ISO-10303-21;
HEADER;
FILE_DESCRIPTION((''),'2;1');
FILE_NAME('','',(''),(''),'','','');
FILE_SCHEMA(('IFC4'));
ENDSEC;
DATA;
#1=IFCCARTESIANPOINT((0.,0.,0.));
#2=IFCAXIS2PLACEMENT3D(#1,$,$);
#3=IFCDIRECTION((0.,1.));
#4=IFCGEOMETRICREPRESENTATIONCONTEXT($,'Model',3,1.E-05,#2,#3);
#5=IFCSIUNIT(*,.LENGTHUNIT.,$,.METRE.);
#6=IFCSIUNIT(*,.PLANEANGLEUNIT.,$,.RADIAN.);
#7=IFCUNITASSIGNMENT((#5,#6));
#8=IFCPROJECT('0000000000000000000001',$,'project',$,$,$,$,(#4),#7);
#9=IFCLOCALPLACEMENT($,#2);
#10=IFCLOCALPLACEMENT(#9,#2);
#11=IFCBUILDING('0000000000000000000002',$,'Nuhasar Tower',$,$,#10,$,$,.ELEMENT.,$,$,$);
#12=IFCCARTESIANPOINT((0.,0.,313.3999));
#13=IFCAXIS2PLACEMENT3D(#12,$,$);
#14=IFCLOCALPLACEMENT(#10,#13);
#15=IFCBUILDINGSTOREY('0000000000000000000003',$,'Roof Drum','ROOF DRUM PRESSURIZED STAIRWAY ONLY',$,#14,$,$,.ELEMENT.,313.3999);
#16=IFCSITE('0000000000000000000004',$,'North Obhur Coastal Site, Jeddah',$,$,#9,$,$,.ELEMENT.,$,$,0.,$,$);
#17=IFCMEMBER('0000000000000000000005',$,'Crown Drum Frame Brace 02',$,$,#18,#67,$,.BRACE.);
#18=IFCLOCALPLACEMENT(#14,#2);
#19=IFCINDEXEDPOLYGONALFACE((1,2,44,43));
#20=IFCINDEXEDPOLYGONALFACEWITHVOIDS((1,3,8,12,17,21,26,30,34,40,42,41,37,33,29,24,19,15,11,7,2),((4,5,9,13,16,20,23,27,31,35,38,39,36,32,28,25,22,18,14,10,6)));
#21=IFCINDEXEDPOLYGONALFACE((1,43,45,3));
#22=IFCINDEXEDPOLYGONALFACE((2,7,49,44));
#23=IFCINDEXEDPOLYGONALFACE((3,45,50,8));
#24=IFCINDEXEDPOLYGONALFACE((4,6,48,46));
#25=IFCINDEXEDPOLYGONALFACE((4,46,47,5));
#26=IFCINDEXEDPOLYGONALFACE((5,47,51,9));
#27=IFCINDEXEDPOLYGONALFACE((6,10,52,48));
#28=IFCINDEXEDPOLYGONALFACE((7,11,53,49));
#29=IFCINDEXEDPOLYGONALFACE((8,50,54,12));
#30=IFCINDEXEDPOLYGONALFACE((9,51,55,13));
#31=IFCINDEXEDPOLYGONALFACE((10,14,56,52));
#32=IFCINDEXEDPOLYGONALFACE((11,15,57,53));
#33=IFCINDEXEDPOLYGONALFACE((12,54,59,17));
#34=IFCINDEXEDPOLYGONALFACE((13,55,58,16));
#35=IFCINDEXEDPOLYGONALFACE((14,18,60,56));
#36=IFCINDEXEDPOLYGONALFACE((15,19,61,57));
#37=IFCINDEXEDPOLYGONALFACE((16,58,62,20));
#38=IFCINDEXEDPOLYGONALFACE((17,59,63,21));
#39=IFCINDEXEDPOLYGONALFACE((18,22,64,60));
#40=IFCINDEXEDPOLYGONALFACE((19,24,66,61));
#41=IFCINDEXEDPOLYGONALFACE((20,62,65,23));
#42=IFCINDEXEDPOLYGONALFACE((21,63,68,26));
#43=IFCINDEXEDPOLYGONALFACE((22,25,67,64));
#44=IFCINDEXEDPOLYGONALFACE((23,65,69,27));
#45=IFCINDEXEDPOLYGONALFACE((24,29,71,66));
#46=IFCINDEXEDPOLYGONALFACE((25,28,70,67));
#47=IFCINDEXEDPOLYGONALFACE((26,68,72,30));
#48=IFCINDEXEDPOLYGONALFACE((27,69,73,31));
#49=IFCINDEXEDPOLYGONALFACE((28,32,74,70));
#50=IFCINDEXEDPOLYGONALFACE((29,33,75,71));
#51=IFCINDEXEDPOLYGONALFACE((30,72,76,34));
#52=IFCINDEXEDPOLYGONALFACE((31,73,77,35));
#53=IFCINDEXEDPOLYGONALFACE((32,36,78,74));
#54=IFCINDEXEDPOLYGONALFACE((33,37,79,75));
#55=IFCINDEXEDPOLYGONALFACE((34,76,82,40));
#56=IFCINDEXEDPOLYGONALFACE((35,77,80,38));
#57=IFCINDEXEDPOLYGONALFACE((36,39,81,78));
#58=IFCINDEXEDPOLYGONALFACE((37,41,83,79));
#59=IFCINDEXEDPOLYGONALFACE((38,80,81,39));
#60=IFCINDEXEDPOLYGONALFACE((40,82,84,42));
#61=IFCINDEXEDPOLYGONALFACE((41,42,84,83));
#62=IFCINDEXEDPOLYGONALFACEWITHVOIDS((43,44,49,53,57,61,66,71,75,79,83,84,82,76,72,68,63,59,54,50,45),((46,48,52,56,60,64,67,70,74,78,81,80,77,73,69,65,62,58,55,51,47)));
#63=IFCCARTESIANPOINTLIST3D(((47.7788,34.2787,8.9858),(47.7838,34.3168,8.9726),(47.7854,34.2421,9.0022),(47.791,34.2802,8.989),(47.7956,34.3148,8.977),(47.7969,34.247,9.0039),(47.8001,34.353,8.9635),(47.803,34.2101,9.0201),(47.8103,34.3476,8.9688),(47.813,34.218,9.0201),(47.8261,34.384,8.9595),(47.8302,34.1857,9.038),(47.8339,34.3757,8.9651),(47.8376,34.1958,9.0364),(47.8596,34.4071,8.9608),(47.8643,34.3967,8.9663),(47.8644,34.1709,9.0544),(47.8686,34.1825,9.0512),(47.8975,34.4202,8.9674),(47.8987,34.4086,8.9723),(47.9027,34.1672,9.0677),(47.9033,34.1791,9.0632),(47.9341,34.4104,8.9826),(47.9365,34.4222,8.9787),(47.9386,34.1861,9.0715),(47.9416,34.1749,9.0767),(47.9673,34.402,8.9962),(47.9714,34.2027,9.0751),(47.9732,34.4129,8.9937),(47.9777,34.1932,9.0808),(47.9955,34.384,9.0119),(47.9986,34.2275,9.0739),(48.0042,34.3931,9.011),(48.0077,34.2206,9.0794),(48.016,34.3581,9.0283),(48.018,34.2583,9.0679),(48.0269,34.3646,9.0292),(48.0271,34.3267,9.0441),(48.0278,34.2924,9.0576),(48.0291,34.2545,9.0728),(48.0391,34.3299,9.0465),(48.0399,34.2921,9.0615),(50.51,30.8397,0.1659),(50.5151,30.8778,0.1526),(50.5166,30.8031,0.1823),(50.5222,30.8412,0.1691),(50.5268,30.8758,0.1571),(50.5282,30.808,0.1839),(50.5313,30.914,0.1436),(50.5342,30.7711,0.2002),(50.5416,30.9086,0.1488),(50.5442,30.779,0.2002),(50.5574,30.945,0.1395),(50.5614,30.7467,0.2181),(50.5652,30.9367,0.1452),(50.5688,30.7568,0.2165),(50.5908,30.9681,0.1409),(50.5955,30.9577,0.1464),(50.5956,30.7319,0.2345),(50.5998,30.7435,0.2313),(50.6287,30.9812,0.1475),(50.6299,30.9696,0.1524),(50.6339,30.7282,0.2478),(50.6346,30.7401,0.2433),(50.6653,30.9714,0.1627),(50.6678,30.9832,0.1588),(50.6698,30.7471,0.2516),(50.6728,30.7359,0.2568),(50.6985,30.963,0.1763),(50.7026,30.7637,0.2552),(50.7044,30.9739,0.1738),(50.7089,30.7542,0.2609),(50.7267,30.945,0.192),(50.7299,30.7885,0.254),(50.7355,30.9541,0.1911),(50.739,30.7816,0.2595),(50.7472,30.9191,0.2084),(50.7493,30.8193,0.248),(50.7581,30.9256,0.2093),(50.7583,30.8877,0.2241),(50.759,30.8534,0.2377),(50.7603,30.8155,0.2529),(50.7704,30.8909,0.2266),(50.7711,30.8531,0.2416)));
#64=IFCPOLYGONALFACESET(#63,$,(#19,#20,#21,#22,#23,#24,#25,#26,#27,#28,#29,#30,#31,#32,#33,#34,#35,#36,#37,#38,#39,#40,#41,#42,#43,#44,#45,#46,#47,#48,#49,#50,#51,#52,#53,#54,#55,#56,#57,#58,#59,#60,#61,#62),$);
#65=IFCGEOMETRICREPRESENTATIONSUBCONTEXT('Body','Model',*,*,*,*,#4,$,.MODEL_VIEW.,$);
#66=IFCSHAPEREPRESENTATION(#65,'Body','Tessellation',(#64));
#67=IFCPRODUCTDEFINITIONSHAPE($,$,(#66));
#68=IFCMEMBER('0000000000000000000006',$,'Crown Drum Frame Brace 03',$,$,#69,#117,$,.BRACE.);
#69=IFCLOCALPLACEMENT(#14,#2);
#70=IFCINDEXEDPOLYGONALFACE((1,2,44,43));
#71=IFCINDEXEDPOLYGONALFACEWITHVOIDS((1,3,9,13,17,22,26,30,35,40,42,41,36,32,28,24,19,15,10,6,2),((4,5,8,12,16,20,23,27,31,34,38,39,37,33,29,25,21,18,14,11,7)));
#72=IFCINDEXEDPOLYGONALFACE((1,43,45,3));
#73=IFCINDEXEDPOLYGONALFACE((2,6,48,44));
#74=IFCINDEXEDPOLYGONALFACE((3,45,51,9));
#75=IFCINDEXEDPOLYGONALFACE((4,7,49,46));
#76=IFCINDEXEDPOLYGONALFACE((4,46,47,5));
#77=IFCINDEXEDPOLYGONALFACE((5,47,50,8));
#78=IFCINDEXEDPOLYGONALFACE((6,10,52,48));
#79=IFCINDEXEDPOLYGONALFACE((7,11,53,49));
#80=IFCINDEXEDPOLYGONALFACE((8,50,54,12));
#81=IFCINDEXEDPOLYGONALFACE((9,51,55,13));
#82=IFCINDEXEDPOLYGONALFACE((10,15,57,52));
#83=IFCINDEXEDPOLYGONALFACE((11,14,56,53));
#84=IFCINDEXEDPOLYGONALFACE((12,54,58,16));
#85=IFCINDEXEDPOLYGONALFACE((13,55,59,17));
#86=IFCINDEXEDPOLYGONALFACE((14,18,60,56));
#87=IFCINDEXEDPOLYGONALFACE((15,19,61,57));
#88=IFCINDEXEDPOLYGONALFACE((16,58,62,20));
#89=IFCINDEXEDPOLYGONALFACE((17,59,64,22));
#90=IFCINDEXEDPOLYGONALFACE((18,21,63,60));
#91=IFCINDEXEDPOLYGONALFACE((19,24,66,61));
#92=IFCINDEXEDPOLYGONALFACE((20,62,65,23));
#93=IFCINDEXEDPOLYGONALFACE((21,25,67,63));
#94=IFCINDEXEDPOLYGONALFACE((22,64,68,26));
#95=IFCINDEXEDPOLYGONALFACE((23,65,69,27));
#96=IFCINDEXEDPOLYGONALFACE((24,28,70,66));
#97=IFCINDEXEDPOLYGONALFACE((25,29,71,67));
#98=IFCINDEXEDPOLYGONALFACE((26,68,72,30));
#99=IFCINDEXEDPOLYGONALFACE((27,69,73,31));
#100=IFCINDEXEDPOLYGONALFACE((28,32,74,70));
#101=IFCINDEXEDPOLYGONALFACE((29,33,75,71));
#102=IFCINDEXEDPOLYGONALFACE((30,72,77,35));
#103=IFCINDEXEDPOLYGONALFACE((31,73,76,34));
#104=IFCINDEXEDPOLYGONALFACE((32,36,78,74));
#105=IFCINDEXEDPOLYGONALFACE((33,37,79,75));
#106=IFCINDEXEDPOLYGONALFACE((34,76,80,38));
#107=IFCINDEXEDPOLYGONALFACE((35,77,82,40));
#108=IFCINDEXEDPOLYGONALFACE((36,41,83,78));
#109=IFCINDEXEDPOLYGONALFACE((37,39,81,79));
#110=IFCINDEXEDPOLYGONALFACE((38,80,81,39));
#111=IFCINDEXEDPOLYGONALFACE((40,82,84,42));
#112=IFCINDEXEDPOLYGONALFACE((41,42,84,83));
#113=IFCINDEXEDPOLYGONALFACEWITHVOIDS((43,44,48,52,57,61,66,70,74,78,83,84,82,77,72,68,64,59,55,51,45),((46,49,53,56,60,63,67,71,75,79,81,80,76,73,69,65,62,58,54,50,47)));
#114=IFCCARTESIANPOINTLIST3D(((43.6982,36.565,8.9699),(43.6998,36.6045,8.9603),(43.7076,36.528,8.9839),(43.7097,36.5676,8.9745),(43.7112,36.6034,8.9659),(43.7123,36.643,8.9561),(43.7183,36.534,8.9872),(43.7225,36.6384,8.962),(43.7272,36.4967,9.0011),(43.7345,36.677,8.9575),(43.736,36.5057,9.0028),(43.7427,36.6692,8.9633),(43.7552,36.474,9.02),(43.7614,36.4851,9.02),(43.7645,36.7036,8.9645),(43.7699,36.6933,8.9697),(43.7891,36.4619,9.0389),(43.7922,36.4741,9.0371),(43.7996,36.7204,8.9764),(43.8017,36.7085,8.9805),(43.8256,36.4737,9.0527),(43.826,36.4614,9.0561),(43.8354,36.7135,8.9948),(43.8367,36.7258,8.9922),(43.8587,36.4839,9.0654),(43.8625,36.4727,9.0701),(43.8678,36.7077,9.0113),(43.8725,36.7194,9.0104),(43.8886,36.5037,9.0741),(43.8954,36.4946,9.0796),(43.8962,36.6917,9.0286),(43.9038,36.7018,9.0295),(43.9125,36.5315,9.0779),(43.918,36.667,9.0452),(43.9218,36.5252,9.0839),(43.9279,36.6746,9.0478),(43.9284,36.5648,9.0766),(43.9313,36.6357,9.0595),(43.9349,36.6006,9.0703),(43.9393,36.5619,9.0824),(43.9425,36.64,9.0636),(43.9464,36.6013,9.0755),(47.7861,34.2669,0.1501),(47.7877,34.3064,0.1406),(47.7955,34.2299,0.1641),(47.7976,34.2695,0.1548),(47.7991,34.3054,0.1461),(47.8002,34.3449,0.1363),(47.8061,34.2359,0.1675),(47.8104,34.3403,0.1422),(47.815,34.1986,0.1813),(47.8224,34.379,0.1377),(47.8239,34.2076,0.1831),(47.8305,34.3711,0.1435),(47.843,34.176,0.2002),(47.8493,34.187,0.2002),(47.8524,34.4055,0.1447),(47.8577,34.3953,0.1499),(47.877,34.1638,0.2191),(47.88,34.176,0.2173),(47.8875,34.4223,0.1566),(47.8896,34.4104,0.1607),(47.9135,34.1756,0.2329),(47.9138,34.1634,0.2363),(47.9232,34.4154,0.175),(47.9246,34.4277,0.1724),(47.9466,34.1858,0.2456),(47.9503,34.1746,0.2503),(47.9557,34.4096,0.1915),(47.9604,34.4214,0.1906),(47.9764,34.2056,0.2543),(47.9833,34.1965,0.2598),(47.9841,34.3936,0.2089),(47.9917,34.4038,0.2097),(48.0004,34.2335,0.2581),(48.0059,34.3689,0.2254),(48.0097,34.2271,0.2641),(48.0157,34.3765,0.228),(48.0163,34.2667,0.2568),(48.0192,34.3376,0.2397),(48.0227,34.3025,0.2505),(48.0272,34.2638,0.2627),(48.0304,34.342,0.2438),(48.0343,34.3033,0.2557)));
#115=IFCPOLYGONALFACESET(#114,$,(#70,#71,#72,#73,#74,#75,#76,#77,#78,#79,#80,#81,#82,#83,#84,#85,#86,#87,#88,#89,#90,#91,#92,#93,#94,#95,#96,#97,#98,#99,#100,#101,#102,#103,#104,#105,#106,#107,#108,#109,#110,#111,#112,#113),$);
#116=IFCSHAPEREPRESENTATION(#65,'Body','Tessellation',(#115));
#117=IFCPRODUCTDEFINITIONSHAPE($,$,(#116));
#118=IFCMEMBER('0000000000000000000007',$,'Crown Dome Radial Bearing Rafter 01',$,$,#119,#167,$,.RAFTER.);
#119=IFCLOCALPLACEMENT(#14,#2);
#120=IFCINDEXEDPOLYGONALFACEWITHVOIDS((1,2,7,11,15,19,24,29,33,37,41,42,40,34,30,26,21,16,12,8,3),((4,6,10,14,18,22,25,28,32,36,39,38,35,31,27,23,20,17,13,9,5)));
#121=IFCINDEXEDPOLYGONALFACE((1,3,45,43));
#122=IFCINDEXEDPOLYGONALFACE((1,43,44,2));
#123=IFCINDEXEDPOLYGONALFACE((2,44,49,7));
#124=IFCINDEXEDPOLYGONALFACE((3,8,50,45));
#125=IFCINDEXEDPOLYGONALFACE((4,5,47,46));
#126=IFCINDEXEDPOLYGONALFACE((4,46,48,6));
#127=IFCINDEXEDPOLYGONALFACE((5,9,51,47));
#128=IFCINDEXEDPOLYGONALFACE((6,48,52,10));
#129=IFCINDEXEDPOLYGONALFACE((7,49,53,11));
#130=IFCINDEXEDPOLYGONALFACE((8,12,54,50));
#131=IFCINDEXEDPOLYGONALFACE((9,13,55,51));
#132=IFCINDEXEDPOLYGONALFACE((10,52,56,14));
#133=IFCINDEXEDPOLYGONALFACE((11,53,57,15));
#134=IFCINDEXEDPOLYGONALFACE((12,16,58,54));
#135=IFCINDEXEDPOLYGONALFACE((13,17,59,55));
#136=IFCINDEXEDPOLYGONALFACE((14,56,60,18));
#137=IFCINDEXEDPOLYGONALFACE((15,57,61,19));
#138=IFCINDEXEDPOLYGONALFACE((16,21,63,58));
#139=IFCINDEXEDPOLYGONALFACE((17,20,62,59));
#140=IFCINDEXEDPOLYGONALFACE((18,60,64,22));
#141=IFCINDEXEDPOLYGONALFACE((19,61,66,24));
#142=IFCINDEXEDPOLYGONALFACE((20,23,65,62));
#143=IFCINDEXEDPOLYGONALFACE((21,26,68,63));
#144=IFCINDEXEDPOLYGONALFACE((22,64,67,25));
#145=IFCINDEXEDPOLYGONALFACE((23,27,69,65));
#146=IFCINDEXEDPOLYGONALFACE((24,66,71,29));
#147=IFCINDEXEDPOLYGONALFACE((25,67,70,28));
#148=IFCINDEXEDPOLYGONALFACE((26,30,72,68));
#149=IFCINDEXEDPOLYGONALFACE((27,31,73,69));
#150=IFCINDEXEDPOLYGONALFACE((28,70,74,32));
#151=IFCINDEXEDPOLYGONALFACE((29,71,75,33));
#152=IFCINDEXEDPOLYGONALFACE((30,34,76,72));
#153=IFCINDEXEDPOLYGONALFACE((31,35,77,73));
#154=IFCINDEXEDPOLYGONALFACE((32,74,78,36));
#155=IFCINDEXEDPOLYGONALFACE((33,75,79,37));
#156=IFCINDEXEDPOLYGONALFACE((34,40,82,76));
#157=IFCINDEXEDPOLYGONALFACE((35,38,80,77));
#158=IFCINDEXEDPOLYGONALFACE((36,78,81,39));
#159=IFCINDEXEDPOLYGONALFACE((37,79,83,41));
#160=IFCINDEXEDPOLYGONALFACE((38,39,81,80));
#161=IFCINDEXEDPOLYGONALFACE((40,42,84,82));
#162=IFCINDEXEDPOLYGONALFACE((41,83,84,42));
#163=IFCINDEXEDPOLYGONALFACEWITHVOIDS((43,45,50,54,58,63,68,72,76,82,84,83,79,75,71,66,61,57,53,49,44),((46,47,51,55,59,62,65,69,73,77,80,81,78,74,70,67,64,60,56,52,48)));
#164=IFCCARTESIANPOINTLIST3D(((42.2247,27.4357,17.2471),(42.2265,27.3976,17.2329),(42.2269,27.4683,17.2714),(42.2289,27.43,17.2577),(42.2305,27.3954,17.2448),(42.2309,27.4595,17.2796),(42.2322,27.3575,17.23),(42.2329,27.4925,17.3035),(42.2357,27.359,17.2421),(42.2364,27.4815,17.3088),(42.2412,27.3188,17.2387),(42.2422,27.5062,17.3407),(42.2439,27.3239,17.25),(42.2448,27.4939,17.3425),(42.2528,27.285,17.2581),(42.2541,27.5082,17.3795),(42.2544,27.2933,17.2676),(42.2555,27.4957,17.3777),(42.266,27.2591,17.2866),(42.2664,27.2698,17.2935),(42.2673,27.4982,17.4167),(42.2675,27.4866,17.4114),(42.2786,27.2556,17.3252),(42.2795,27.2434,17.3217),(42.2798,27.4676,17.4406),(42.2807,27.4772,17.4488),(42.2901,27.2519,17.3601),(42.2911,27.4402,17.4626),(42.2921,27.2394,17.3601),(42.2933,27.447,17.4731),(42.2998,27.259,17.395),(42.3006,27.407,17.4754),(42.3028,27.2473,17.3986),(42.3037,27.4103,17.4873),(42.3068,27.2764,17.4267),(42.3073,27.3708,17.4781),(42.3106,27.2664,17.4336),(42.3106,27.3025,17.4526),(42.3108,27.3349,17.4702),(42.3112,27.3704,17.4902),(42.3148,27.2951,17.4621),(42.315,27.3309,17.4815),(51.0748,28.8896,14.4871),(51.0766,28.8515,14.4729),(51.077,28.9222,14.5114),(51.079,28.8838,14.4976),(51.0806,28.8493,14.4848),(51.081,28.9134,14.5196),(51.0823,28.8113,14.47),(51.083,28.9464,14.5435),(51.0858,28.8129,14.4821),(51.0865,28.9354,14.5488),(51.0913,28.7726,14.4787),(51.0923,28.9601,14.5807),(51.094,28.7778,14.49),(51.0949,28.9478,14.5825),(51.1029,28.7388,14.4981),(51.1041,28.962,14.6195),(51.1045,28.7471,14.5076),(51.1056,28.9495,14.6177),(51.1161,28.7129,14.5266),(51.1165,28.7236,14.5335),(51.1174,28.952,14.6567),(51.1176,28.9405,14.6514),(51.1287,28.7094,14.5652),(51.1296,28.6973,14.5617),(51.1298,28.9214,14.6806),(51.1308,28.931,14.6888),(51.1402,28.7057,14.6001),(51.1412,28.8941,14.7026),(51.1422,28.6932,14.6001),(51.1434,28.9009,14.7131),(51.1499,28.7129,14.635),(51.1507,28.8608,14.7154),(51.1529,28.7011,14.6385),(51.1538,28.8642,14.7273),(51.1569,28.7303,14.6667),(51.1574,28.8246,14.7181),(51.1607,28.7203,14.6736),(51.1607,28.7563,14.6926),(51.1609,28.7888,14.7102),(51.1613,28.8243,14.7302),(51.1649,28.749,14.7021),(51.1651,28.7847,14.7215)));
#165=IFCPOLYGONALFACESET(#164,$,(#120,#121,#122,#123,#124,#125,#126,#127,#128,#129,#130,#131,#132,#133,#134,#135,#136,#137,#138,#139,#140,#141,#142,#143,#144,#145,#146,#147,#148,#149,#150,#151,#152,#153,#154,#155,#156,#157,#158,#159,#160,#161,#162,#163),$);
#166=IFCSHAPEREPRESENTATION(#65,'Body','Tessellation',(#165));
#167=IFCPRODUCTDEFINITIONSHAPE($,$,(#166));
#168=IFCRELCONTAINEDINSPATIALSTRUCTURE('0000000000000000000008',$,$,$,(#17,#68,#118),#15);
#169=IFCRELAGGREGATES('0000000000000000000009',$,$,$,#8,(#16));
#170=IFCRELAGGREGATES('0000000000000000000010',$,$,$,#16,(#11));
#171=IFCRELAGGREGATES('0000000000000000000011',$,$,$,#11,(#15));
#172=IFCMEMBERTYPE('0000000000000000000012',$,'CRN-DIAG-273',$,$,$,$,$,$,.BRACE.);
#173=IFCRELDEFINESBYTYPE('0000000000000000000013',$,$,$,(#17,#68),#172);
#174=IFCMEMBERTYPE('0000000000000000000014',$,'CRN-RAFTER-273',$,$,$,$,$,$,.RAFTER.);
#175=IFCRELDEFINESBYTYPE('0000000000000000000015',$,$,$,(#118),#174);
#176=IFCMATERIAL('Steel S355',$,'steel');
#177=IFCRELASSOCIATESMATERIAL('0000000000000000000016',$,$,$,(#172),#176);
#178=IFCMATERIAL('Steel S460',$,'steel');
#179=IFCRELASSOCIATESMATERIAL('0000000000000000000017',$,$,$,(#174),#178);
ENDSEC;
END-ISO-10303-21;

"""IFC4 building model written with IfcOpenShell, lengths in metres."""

from ifc_helpers import new_model, si_unit, direction, frame, origin, origin_2d, place, context, subcontext, project, spatial, hollow_circle, extrude, material, material_profile, profile_set, type_object, element, save


model = new_model("IFC4")

# Units and contexts
model_context = context("Model", 3, precision=1e-05, world=origin(), true_north=direction((0.0, 1.0)))
body_context = subcontext(model_context, "Body", "Model", "MODEL_VIEW")
ifc_project = project(units=[si_unit("LENGTHUNIT", "METRE"), si_unit("PLANEANGLEUNIT", "RADIAN")], contexts=[model_context])

# Site, building, storey
site_placement = place(None, origin())
site = spatial("IfcSite", under=ifc_project, at=site_placement, Name="North Obhur Coastal Site, Jeddah", CompositionType="ELEMENT", RefElevation=0.0)
building_placement = place(site_placement, origin())
building = spatial("IfcBuilding", under=site, at=building_placement, Name="Nuhasar Tower", CompositionType="ELEMENT")
storey_placement = place(building_placement, frame((0.0, 0.0, 313.3999)))
storey = spatial("IfcBuildingStorey", under=building, at=storey_placement, Name="Roof Drum", Description="ROOF DRUM PRESSURIZED STAIRWAY ONLY", CompositionType="ELEMENT", Elevation=313.3999)

# Shared definitions
ifc_material_1 = material(Name="Steel S355", Category="steel")
ifc_material_2 = material(Name="Steel S460", Category="steel")

# Members
ifc_material_profile_1 = material_profile(ifc_material_1, hollow_circle(Radius=0.1365, WallThickness=0.0127, at=origin_2d()), Name="HSS273.1X12.7")
ifc_profile_set_1 = profile_set([ifc_material_profile_1], Name="Steel S355")
member_type_1 = type_object("IfcMemberType", Name="CRN-DIAG-273", PredefinedType="BRACE", material=ifc_profile_set_1)
member_1_placement = place(storey_placement, frame((50.6411, 30.856, 0.2002), z_axis=(-0.277204, 0.349039, 0.89517), x_axis=(-0.783082, -0.621918, 0.0)))
element("IfcMember", 1, at=member_1_placement, inside=storey, type_object=member_type_1, Name="Crown Drum Frame Brace 02", PredefinedType="BRACE", context=body_context, shape_type="SweptSolid", body=[
    extrude(hollow_circle(Radius=0.1365, WallThickness=0.0127, at=origin_2d()), origin(), (0.0, 0.0, 1.0), 9.8528),
])
member_2_placement = place(storey_placement, frame((47.9099, 34.2949, 0.2002), z_axis=(-0.409237, 0.230061, 0.882948), x_axis=(-0.490044, -0.871698, 0.0)))
element("IfcMember", 2, at=member_2_placement, inside=storey, type_object=member_type_1, Name="Crown Drum Frame Brace 03", PredefinedType="BRACE", context=body_context, shape_type="SweptSolid", body=[
    extrude(hollow_circle(Radius=0.1365, WallThickness=0.0127, at=origin_2d()), origin(), (0.0, 0.0, 1.0), 9.989),
])
ifc_material_profile_2 = material_profile(ifc_material_2, hollow_circle(Radius=0.1365, WallThickness=0.0127, at=origin_2d()), Name="HSS273.1X12.7")
ifc_profile_set_2 = profile_set([ifc_material_profile_2], Name="Steel S460")
member_type_2 = type_object("IfcMemberType", Name="CRN-RAFTER-273", PredefinedType="RAFTER", material=ifc_profile_set_2)
member_3_placement = place(storey_placement, frame((51.1201, 28.8279, 14.6001), z_axis=(-0.943126, -0.154933, 0.294125), x_axis=(0.162103, -0.986774, 0.0)))
element("IfcMember", 3, at=member_3_placement, inside=storey, type_object=member_type_2, Name="Crown Dome Radial Bearing Rafter 01", PredefinedType="RAFTER", context=body_context, shape_type="SweptSolid", body=[
    extrude(hollow_circle(Radius=0.1365, WallThickness=0.0127, at=origin_2d()), origin(), (0.0, 0.0, 1.0), 9.3838),
])

save(model, "model.ifc")
